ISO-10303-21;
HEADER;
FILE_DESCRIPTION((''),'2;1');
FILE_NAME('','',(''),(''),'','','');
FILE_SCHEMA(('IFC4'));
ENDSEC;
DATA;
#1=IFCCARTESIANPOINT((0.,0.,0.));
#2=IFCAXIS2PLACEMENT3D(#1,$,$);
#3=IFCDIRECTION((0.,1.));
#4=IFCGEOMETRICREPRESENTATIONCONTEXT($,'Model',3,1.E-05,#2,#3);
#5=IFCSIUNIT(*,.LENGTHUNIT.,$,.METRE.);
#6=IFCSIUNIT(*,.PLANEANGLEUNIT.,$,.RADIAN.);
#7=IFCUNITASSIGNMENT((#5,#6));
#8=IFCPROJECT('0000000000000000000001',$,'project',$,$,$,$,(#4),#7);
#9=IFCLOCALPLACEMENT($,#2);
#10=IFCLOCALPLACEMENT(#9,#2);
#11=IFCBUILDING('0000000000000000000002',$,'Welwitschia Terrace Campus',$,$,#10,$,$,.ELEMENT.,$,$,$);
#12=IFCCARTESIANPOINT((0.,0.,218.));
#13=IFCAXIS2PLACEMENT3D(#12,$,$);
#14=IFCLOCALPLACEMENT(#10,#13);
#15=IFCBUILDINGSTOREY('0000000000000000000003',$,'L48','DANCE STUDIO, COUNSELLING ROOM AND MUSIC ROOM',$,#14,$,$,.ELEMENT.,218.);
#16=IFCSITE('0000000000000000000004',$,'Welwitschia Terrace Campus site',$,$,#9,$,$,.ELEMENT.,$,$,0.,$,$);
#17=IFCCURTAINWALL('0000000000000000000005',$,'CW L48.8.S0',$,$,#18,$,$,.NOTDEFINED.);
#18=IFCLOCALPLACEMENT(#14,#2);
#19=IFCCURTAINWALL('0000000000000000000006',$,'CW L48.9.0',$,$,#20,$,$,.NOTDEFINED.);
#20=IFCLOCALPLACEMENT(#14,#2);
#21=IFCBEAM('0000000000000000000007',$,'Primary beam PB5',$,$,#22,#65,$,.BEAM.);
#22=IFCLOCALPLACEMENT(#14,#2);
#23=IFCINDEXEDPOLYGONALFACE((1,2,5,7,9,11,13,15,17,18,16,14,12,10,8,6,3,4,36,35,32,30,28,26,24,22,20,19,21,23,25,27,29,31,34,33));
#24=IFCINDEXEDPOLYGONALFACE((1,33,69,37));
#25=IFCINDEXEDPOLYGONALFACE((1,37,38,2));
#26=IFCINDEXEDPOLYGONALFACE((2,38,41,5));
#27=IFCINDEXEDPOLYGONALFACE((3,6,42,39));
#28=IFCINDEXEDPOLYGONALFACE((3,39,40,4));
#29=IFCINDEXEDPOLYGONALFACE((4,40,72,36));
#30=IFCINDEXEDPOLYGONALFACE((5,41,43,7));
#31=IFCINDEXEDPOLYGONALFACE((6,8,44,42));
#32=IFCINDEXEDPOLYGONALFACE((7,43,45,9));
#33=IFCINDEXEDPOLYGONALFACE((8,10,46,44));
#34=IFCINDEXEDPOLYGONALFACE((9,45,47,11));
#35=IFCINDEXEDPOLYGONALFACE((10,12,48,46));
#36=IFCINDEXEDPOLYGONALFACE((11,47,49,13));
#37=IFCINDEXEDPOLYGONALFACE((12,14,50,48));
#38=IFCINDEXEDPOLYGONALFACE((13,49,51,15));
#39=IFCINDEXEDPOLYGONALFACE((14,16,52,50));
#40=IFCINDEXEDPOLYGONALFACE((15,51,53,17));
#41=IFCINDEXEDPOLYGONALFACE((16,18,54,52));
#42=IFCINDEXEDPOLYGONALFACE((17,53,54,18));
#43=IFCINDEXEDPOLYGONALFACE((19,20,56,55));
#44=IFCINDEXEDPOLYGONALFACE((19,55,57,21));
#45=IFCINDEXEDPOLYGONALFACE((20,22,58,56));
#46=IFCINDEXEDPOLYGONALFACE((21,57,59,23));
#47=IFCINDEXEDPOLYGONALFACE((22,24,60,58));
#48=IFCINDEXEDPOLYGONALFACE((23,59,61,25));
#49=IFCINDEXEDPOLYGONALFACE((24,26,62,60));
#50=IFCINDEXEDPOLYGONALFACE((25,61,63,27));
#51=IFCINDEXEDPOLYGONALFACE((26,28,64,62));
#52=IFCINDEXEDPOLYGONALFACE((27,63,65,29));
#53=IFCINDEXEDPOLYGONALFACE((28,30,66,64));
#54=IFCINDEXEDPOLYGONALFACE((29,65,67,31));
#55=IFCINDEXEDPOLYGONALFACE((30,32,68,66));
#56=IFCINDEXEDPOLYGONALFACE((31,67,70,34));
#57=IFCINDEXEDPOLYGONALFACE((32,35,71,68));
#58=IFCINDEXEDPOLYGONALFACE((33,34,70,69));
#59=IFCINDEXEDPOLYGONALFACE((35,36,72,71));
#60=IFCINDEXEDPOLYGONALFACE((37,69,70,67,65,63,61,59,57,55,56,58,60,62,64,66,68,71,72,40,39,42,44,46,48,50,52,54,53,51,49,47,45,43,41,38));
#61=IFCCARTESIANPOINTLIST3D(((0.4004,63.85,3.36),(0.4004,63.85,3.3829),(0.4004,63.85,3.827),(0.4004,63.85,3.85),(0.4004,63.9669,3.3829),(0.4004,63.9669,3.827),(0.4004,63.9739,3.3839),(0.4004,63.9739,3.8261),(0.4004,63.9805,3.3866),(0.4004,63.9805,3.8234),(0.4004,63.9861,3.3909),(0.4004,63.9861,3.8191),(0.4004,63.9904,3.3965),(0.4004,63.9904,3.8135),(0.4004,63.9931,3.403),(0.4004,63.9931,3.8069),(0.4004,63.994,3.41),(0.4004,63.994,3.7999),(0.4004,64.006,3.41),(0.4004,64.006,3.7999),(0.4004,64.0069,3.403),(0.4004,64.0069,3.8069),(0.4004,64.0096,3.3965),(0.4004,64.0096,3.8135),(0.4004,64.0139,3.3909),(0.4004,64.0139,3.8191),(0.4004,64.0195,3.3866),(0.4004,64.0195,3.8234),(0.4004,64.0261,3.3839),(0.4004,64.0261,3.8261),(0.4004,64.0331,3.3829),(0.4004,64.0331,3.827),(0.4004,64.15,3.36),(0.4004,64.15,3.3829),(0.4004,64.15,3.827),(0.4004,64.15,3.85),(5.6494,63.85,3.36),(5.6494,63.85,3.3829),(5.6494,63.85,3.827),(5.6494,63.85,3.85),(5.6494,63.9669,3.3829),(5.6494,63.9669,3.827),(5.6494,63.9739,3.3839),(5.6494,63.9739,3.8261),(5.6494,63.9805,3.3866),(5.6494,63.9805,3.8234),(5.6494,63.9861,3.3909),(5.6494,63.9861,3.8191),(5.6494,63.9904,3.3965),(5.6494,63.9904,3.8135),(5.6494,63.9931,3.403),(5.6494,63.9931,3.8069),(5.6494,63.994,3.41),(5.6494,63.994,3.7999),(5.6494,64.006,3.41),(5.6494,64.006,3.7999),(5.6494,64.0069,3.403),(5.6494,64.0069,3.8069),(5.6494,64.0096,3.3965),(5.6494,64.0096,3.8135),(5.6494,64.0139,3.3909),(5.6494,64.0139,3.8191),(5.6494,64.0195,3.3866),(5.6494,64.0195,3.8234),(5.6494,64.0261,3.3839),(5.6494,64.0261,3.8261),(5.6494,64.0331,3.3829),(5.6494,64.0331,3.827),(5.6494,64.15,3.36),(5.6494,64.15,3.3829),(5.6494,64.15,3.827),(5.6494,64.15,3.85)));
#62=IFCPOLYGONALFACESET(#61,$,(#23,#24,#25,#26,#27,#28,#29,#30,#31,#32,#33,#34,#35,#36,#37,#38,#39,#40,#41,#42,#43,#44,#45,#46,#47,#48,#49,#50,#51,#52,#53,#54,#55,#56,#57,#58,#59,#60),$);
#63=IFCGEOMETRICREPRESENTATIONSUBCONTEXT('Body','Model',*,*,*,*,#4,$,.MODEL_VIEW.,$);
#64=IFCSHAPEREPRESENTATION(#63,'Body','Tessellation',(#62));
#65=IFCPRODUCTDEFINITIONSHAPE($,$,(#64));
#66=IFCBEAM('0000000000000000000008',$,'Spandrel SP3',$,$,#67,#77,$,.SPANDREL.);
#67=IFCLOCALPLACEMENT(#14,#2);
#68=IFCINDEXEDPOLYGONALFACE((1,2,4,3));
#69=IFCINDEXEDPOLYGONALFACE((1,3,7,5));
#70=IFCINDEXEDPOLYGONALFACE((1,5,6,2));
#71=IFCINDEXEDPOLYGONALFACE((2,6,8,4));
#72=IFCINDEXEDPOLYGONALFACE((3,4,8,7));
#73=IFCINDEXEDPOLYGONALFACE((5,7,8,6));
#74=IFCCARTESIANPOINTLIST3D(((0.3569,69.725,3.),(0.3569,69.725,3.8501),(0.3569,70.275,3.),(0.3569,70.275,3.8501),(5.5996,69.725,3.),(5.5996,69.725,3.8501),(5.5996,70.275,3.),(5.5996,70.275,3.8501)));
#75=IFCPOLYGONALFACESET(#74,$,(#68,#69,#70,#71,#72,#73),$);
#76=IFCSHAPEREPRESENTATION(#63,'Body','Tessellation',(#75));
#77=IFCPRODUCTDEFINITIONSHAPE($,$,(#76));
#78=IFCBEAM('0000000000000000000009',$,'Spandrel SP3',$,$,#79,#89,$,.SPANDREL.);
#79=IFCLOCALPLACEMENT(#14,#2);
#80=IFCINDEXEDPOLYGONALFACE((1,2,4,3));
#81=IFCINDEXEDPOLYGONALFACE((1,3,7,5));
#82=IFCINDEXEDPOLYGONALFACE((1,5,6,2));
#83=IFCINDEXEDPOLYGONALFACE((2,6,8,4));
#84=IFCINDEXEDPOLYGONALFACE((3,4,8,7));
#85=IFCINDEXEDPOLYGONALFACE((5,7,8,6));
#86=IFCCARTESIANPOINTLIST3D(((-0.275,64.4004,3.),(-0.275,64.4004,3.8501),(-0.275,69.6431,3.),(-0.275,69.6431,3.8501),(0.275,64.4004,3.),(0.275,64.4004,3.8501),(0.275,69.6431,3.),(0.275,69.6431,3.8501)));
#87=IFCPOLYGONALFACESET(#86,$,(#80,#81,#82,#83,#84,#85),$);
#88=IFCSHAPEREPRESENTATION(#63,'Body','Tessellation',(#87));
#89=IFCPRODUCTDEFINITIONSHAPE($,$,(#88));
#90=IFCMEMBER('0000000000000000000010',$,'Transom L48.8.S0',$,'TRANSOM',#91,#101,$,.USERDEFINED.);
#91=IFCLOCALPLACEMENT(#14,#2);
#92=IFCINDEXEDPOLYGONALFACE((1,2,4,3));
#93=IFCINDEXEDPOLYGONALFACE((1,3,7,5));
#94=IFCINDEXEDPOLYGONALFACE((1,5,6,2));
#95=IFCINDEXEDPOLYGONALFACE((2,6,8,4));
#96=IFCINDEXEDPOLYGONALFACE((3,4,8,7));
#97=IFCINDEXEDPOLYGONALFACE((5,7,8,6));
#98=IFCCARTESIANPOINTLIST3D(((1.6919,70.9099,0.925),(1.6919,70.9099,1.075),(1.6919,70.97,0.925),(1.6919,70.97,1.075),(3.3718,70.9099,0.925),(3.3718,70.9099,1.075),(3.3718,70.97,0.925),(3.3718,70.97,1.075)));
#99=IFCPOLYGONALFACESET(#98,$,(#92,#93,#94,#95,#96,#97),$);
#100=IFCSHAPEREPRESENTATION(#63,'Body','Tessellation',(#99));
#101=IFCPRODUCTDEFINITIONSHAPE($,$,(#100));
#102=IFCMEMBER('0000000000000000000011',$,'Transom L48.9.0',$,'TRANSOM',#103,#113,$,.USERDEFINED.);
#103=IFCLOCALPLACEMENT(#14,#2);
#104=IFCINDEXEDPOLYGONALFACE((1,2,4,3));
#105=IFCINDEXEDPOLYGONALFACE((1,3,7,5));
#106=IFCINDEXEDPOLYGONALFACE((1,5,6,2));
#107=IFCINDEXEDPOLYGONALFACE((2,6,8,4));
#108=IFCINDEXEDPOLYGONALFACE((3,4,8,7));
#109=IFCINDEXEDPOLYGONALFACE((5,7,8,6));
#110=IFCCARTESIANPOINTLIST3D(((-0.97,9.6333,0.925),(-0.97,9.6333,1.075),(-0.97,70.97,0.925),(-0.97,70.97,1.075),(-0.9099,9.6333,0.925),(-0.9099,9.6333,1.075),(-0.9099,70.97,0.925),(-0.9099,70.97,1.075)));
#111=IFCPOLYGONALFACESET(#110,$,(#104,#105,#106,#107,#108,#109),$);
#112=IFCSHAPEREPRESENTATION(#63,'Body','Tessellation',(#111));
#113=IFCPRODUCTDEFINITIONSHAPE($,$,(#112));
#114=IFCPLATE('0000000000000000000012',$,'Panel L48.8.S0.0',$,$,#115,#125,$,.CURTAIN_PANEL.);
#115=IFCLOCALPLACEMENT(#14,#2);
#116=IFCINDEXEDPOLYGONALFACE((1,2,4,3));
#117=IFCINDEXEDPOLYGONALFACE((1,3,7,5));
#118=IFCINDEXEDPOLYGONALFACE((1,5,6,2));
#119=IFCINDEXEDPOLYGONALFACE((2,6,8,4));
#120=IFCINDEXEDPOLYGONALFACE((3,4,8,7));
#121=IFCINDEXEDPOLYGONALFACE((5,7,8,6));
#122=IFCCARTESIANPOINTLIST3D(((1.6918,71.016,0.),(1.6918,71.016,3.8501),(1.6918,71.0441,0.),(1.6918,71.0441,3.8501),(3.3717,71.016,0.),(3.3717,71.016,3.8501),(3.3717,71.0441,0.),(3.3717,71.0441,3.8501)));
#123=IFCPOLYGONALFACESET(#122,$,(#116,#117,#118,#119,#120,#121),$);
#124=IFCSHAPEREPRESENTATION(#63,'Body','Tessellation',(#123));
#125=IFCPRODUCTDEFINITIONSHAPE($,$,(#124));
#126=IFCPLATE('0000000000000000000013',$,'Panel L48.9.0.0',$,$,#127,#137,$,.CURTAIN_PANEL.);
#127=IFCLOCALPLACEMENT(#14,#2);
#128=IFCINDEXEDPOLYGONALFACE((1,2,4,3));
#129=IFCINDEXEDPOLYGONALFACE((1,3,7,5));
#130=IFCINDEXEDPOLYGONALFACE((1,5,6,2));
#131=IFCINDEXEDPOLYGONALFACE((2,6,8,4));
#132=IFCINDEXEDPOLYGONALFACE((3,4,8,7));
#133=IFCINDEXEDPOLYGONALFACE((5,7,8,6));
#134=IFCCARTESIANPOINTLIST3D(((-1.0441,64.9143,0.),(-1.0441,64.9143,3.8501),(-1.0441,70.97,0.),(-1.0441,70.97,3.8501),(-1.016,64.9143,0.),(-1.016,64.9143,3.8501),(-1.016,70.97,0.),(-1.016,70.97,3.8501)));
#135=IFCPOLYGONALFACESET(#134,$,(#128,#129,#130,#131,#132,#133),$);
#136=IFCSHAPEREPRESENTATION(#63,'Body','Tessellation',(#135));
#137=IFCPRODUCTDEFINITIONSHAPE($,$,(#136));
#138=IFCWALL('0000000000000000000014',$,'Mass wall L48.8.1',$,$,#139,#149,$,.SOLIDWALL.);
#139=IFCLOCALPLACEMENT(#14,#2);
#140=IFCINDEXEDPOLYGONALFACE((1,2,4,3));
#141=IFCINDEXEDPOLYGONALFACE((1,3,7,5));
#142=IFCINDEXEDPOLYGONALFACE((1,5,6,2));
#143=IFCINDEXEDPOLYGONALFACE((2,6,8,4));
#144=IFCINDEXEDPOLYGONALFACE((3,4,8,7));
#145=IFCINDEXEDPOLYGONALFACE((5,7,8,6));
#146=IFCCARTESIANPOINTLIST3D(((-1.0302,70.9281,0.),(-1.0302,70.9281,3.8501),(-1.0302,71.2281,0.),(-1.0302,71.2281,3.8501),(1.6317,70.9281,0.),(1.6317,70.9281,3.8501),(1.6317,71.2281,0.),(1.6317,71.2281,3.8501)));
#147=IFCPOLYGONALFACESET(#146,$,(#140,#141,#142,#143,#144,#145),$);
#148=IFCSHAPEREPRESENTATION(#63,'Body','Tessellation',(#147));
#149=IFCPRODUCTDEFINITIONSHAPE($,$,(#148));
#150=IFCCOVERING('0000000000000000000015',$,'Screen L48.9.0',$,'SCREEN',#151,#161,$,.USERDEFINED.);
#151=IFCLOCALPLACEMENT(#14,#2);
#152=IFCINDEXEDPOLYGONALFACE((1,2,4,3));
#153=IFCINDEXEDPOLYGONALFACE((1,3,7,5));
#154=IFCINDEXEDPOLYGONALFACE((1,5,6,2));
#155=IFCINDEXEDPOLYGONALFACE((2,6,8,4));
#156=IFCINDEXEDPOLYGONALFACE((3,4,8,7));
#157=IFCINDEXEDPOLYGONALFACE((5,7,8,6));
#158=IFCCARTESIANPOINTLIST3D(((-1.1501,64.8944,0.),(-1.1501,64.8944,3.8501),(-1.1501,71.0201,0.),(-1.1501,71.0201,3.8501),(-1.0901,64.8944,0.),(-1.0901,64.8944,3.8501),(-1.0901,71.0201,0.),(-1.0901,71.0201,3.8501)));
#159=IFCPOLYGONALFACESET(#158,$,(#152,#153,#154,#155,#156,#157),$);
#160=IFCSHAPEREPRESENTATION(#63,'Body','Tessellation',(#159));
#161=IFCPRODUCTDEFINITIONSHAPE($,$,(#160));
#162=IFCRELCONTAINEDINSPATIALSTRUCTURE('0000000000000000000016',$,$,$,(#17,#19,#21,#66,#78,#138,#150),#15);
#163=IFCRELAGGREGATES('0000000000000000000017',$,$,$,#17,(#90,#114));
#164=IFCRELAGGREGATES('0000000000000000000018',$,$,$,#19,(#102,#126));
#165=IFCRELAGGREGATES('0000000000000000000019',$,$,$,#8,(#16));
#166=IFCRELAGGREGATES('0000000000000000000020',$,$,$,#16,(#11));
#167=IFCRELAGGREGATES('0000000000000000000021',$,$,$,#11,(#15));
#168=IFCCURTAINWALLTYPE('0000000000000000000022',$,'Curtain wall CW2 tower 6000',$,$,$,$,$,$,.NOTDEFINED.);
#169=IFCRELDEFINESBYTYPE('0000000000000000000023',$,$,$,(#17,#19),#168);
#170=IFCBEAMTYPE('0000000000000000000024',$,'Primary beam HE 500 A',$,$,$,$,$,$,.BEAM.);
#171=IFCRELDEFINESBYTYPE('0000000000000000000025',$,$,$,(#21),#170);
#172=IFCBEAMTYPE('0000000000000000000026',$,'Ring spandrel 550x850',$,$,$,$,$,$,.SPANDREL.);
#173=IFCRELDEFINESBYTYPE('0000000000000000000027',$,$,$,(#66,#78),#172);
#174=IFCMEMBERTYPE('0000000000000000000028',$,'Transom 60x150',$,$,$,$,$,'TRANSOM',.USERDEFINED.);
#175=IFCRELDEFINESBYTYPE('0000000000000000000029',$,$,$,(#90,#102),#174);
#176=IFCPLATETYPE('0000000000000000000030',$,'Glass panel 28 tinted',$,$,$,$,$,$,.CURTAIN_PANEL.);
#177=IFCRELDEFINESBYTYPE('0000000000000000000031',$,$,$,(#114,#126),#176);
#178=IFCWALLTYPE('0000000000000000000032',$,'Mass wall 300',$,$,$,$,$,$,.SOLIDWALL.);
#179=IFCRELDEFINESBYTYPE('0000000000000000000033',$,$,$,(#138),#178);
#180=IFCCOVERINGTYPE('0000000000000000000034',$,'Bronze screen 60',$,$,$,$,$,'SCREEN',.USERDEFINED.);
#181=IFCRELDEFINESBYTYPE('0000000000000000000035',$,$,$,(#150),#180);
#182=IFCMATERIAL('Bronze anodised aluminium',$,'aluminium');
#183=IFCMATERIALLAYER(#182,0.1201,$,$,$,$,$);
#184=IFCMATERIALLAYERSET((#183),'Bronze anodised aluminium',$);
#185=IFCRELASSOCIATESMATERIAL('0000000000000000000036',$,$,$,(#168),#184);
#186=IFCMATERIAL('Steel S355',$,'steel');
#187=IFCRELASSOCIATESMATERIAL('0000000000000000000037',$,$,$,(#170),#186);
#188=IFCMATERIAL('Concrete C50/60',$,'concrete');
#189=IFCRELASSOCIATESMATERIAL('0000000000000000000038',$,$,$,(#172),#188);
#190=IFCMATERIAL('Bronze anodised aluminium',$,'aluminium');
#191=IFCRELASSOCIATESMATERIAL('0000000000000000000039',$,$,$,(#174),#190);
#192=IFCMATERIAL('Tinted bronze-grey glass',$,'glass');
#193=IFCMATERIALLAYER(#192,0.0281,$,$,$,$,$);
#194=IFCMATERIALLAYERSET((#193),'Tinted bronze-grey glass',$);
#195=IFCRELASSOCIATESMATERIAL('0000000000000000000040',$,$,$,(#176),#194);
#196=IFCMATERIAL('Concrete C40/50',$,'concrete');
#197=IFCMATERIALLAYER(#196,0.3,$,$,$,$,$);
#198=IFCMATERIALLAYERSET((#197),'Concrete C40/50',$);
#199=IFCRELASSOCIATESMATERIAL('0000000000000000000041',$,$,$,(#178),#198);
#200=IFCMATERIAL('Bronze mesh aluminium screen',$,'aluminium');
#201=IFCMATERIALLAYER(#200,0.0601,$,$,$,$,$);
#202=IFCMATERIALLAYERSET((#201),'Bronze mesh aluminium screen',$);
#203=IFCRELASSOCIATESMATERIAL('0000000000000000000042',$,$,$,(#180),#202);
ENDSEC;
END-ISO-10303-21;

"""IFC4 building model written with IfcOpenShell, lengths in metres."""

from ifc_helpers import new_model, si_unit, direction, frame, frame_2d, origin, origin_2d, place, context, subcontext, project, spatial, rectangle, i_section, extrude, material, layer, layer_set, material_profile, profile_set, type_object, element, aggregate, save


model = new_model("IFC4")

# Units and contexts
model_context = context("Model", 3, precision=1e-05, world=origin(), true_north=direction((0.0, 1.0)))
body_context = subcontext(model_context, "Body", "Model", "MODEL_VIEW")
ifc_project = project(units=[si_unit("LENGTHUNIT", "METRE"), si_unit("PLANEANGLEUNIT", "RADIAN")], contexts=[model_context])

# Site, building, storey
site_placement = place(None, origin())
site = spatial("IfcSite", under=ifc_project, at=site_placement, Name="Welwitschia Terrace Campus site", CompositionType="ELEMENT", RefElevation=0.0)
building_placement = place(site_placement, origin())
building = spatial("IfcBuilding", under=site, at=building_placement, Name="Welwitschia Terrace Campus", CompositionType="ELEMENT")
storey_placement = place(building_placement, frame((0.0, 0.0, 218.0)))
storey = spatial("IfcBuildingStorey", under=building, at=storey_placement, Name="L48", Description="DANCE STUDIO, COUNSELLING ROOM AND MUSIC ROOM", CompositionType="ELEMENT", Elevation=218.0)

# Curtain walls
ifc_material_1 = material(Name="Bronze anodised aluminium", Category="aluminium")
ifc_layer_1 = layer(ifc_material_1, 0.1201)
ifc_layer_set_1 = layer_set([ifc_layer_1], Name="Bronze anodised aluminium")
curtain_wall_type = type_object("IfcCurtainWallType", Name="Curtain wall CW2 tower 6000", PredefinedType="NOTDEFINED", material=ifc_layer_set_1)
curtain_wall_1_placement = place(storey_placement, origin())
curtain_wall_1 = element("IfcCurtainWall", 1, at=curtain_wall_1_placement, inside=storey, type_object=curtain_wall_type, Name="CW L48.8.S0", PredefinedType="NOTDEFINED")
curtain_wall_2_placement = place(storey_placement, origin())
curtain_wall_2 = element("IfcCurtainWall", 2, at=curtain_wall_2_placement, inside=storey, type_object=curtain_wall_type, Name="CW L48.9.0", PredefinedType="NOTDEFINED")

# Beams
ifc_material_2 = material(Name="Steel S355", Category="steel")
ifc_material_profile_1 = material_profile(ifc_material_2, i_section(OverallWidth=0.3, OverallDepth=0.49, WebThickness=0.012, FlangeThickness=0.0229, FilletRadius=0.0271, at=origin_2d()))
ifc_profile_set_1 = profile_set([ifc_material_profile_1], Name="Steel S355")
beam_type_1 = type_object("IfcBeamType", Name="Primary beam HE 500 A", PredefinedType="BEAM", material=ifc_profile_set_1)
beam_1_placement = place(storey_placement, frame((0.4004, 64.0, 3.605), z_axis=(1.0, 0.0, 0.0), x_axis=(0.0, 1.0, 0.0)))
element("IfcBeam", 3, at=beam_1_placement, inside=storey, type_object=beam_type_1, Name="Primary beam PB5", PredefinedType="BEAM", context=body_context, shape_type="SweptSolid", body=[
    extrude(i_section(OverallWidth=0.3, OverallDepth=0.49, WebThickness=0.012, FlangeThickness=0.0229, FilletRadius=0.0271, at=origin_2d()), origin(), (0.0, 0.0, 1.0), 5.249),
])
ifc_material_3 = material(Name="Concrete C50/60", Category="concrete")
ifc_material_profile_2 = material_profile(ifc_material_3, rectangle(XDim=0.55, YDim=0.8501, at=origin_2d()))
ifc_profile_set_2 = profile_set([ifc_material_profile_2], Name="Concrete C50/60")
beam_type_2 = type_object("IfcBeamType", Name="Ring spandrel 550x850", PredefinedType="SPANDREL", material=ifc_profile_set_2)
for number, where, z_axis, x_axis, name in (
    (4, (5.5996, 70.0, 3.425), (-1.0, 0.0, 0.0), (0.0, -1.0, 0.0), "Spandrel SP3"),
    (5, (0.0, 69.6431, 3.425), (0.0, -1.0, 0.0), (1.0, 0.0, 0.0), "Spandrel SP3"),
):
    element("IfcBeam", number, at=place(storey_placement, frame(where, z_axis=z_axis, x_axis=x_axis)), inside=storey, type_object=beam_type_2, Name=name, PredefinedType="SPANDREL", context=body_context, shape_type="SweptSolid", body=[
        extrude(rectangle(XDim=0.55, YDim=0.8501, at=origin_2d()), origin(), (0.0, 0.0, 1.0), 5.2427),
    ])

# Members
ifc_material_4 = material(Name="Bronze anodised aluminium", Category="aluminium")
ifc_material_profile_3 = material_profile(ifc_material_4, rectangle(XDim=0.0601, YDim=0.1499, at=origin_2d()))
ifc_profile_set_3 = profile_set([ifc_material_profile_3], Name="Bronze anodised aluminium")
member_type_1 = type_object("IfcMemberType", Name="Transom 60x150", ElementType="TRANSOM", PredefinedType="USERDEFINED", material=ifc_profile_set_3)
member_1_placement = place(storey_placement, frame((3.3718, 70.9399, 1.0), z_axis=(-1.0, 0.0, 0.0), x_axis=(0.0, -1.0, 0.0)))
member_1 = element("IfcMember", 6, at=member_1_placement, type_object=member_type_1, Name="Transom L48.8.S0", ObjectType="TRANSOM", PredefinedType="USERDEFINED", context=body_context, shape_type="SweptSolid", body=[
    extrude(rectangle(XDim=0.0601, YDim=0.1499, at=origin_2d()), origin(), (0.0, 0.0, 1.0), 1.6799),
])
member_2_placement = place(storey_placement, frame((-0.9399, 70.97, 1.0), z_axis=(0.0, -1.0, 0.0), x_axis=(1.0, 0.0, 0.0)))
member_2 = element("IfcMember", 7, at=member_2_placement, type_object=member_type_1, Name="Transom L48.9.0", ObjectType="TRANSOM", PredefinedType="USERDEFINED", context=body_context, shape_type="SweptSolid", body=[
    extrude(rectangle(XDim=0.0601, YDim=0.1499, at=origin_2d()), origin(), (0.0, 0.0, 1.0), 61.3367),
])

# Plates
ifc_material_5 = material(Name="Tinted bronze-grey glass", Category="glass")
ifc_layer_2 = layer(ifc_material_5, 0.0281)
ifc_layer_set_2 = layer_set([ifc_layer_2], Name="Tinted bronze-grey glass")
plate_type = type_object("IfcPlateType", Name="Glass panel 28 tinted", PredefinedType="CURTAIN_PANEL", material=ifc_layer_set_2)
plate_1_placement = place(storey_placement, frame((2.5317, 71.03, 0.0), z_axis=(0.0, 0.0, 1.0), x_axis=(-1.0, 0.0, 0.0)))
plate_1 = element("IfcPlate", 8, at=plate_1_placement, type_object=plate_type, Name="Panel L48.8.S0.0", PredefinedType="CURTAIN_PANEL", context=body_context, shape_type="SweptSolid", body=[
    extrude(rectangle(XDim=1.6799, YDim=0.0281, at=origin_2d()), origin(), (0.0, 0.0, 1.0), 3.8501),
])
aggregate(curtain_wall_1, [member_1, plate_1])
plate_2_placement = place(storey_placement, frame((-1.03, 67.9421, 0.0), z_axis=(0.0, 0.0, 1.0), x_axis=(0.0, -1.0, 0.0)))
plate_2 = element("IfcPlate", 9, at=plate_2_placement, type_object=plate_type, Name="Panel L48.9.0.0", PredefinedType="CURTAIN_PANEL", context=body_context, shape_type="SweptSolid", body=[
    extrude(rectangle(XDim=6.0557, YDim=0.0281, at=origin_2d()), origin(), (0.0, 0.0, 1.0), 3.8501),
])
aggregate(curtain_wall_2, [member_2, plate_2])

# Wall
ifc_material_6 = material(Name="Concrete C40/50", Category="concrete")
ifc_layer_3 = layer(ifc_material_6, 0.3)
ifc_layer_set_3 = layer_set([ifc_layer_3], Name="Concrete C40/50")
wall_type = type_object("IfcWallType", Name="Mass wall 300", PredefinedType="SOLIDWALL", material=ifc_layer_set_3)
wall_placement = place(storey_placement, frame((1.6318, 71.0781, 0.0), z_axis=(0.0, 0.0, 1.0), x_axis=(-1.0, 0.0, 0.0)))
element("IfcWall", 10, at=wall_placement, inside=storey, type_object=wall_type, Name="Mass wall L48.8.1", PredefinedType="SOLIDWALL", context=body_context, shape_type="SweptSolid", body=[
    extrude(rectangle(XDim=2.6619, YDim=0.3, at=frame_2d((1.3311, 0.0))), origin(), (0.0, 0.0, 1.0), 3.8501),
])

# Covering
ifc_material_7 = material(Name="Bronze mesh aluminium screen", Category="aluminium")
ifc_layer_4 = layer(ifc_material_7, 0.0601)
ifc_layer_set_4 = layer_set([ifc_layer_4], Name="Bronze mesh aluminium screen")
covering_type = type_object("IfcCoveringType", Name="Bronze screen 60", ElementType="SCREEN", PredefinedType="USERDEFINED", material=ifc_layer_set_4)
covering_placement = place(storey_placement, frame((-1.1201, 67.9573, 0.0), z_axis=(0.0, 0.0, 1.0), x_axis=(0.0, -1.0, 0.0)))
element("IfcCovering", 11, at=covering_placement, inside=storey, type_object=covering_type, Name="Screen L48.9.0", ObjectType="SCREEN", PredefinedType="USERDEFINED", context=body_context, shape_type="SweptSolid", body=[
    extrude(rectangle(XDim=6.1257, YDim=0.0601, at=origin_2d()), origin(), (0.0, 0.0, 1.0), 3.8501),
])

save(model, "model.ifc")
